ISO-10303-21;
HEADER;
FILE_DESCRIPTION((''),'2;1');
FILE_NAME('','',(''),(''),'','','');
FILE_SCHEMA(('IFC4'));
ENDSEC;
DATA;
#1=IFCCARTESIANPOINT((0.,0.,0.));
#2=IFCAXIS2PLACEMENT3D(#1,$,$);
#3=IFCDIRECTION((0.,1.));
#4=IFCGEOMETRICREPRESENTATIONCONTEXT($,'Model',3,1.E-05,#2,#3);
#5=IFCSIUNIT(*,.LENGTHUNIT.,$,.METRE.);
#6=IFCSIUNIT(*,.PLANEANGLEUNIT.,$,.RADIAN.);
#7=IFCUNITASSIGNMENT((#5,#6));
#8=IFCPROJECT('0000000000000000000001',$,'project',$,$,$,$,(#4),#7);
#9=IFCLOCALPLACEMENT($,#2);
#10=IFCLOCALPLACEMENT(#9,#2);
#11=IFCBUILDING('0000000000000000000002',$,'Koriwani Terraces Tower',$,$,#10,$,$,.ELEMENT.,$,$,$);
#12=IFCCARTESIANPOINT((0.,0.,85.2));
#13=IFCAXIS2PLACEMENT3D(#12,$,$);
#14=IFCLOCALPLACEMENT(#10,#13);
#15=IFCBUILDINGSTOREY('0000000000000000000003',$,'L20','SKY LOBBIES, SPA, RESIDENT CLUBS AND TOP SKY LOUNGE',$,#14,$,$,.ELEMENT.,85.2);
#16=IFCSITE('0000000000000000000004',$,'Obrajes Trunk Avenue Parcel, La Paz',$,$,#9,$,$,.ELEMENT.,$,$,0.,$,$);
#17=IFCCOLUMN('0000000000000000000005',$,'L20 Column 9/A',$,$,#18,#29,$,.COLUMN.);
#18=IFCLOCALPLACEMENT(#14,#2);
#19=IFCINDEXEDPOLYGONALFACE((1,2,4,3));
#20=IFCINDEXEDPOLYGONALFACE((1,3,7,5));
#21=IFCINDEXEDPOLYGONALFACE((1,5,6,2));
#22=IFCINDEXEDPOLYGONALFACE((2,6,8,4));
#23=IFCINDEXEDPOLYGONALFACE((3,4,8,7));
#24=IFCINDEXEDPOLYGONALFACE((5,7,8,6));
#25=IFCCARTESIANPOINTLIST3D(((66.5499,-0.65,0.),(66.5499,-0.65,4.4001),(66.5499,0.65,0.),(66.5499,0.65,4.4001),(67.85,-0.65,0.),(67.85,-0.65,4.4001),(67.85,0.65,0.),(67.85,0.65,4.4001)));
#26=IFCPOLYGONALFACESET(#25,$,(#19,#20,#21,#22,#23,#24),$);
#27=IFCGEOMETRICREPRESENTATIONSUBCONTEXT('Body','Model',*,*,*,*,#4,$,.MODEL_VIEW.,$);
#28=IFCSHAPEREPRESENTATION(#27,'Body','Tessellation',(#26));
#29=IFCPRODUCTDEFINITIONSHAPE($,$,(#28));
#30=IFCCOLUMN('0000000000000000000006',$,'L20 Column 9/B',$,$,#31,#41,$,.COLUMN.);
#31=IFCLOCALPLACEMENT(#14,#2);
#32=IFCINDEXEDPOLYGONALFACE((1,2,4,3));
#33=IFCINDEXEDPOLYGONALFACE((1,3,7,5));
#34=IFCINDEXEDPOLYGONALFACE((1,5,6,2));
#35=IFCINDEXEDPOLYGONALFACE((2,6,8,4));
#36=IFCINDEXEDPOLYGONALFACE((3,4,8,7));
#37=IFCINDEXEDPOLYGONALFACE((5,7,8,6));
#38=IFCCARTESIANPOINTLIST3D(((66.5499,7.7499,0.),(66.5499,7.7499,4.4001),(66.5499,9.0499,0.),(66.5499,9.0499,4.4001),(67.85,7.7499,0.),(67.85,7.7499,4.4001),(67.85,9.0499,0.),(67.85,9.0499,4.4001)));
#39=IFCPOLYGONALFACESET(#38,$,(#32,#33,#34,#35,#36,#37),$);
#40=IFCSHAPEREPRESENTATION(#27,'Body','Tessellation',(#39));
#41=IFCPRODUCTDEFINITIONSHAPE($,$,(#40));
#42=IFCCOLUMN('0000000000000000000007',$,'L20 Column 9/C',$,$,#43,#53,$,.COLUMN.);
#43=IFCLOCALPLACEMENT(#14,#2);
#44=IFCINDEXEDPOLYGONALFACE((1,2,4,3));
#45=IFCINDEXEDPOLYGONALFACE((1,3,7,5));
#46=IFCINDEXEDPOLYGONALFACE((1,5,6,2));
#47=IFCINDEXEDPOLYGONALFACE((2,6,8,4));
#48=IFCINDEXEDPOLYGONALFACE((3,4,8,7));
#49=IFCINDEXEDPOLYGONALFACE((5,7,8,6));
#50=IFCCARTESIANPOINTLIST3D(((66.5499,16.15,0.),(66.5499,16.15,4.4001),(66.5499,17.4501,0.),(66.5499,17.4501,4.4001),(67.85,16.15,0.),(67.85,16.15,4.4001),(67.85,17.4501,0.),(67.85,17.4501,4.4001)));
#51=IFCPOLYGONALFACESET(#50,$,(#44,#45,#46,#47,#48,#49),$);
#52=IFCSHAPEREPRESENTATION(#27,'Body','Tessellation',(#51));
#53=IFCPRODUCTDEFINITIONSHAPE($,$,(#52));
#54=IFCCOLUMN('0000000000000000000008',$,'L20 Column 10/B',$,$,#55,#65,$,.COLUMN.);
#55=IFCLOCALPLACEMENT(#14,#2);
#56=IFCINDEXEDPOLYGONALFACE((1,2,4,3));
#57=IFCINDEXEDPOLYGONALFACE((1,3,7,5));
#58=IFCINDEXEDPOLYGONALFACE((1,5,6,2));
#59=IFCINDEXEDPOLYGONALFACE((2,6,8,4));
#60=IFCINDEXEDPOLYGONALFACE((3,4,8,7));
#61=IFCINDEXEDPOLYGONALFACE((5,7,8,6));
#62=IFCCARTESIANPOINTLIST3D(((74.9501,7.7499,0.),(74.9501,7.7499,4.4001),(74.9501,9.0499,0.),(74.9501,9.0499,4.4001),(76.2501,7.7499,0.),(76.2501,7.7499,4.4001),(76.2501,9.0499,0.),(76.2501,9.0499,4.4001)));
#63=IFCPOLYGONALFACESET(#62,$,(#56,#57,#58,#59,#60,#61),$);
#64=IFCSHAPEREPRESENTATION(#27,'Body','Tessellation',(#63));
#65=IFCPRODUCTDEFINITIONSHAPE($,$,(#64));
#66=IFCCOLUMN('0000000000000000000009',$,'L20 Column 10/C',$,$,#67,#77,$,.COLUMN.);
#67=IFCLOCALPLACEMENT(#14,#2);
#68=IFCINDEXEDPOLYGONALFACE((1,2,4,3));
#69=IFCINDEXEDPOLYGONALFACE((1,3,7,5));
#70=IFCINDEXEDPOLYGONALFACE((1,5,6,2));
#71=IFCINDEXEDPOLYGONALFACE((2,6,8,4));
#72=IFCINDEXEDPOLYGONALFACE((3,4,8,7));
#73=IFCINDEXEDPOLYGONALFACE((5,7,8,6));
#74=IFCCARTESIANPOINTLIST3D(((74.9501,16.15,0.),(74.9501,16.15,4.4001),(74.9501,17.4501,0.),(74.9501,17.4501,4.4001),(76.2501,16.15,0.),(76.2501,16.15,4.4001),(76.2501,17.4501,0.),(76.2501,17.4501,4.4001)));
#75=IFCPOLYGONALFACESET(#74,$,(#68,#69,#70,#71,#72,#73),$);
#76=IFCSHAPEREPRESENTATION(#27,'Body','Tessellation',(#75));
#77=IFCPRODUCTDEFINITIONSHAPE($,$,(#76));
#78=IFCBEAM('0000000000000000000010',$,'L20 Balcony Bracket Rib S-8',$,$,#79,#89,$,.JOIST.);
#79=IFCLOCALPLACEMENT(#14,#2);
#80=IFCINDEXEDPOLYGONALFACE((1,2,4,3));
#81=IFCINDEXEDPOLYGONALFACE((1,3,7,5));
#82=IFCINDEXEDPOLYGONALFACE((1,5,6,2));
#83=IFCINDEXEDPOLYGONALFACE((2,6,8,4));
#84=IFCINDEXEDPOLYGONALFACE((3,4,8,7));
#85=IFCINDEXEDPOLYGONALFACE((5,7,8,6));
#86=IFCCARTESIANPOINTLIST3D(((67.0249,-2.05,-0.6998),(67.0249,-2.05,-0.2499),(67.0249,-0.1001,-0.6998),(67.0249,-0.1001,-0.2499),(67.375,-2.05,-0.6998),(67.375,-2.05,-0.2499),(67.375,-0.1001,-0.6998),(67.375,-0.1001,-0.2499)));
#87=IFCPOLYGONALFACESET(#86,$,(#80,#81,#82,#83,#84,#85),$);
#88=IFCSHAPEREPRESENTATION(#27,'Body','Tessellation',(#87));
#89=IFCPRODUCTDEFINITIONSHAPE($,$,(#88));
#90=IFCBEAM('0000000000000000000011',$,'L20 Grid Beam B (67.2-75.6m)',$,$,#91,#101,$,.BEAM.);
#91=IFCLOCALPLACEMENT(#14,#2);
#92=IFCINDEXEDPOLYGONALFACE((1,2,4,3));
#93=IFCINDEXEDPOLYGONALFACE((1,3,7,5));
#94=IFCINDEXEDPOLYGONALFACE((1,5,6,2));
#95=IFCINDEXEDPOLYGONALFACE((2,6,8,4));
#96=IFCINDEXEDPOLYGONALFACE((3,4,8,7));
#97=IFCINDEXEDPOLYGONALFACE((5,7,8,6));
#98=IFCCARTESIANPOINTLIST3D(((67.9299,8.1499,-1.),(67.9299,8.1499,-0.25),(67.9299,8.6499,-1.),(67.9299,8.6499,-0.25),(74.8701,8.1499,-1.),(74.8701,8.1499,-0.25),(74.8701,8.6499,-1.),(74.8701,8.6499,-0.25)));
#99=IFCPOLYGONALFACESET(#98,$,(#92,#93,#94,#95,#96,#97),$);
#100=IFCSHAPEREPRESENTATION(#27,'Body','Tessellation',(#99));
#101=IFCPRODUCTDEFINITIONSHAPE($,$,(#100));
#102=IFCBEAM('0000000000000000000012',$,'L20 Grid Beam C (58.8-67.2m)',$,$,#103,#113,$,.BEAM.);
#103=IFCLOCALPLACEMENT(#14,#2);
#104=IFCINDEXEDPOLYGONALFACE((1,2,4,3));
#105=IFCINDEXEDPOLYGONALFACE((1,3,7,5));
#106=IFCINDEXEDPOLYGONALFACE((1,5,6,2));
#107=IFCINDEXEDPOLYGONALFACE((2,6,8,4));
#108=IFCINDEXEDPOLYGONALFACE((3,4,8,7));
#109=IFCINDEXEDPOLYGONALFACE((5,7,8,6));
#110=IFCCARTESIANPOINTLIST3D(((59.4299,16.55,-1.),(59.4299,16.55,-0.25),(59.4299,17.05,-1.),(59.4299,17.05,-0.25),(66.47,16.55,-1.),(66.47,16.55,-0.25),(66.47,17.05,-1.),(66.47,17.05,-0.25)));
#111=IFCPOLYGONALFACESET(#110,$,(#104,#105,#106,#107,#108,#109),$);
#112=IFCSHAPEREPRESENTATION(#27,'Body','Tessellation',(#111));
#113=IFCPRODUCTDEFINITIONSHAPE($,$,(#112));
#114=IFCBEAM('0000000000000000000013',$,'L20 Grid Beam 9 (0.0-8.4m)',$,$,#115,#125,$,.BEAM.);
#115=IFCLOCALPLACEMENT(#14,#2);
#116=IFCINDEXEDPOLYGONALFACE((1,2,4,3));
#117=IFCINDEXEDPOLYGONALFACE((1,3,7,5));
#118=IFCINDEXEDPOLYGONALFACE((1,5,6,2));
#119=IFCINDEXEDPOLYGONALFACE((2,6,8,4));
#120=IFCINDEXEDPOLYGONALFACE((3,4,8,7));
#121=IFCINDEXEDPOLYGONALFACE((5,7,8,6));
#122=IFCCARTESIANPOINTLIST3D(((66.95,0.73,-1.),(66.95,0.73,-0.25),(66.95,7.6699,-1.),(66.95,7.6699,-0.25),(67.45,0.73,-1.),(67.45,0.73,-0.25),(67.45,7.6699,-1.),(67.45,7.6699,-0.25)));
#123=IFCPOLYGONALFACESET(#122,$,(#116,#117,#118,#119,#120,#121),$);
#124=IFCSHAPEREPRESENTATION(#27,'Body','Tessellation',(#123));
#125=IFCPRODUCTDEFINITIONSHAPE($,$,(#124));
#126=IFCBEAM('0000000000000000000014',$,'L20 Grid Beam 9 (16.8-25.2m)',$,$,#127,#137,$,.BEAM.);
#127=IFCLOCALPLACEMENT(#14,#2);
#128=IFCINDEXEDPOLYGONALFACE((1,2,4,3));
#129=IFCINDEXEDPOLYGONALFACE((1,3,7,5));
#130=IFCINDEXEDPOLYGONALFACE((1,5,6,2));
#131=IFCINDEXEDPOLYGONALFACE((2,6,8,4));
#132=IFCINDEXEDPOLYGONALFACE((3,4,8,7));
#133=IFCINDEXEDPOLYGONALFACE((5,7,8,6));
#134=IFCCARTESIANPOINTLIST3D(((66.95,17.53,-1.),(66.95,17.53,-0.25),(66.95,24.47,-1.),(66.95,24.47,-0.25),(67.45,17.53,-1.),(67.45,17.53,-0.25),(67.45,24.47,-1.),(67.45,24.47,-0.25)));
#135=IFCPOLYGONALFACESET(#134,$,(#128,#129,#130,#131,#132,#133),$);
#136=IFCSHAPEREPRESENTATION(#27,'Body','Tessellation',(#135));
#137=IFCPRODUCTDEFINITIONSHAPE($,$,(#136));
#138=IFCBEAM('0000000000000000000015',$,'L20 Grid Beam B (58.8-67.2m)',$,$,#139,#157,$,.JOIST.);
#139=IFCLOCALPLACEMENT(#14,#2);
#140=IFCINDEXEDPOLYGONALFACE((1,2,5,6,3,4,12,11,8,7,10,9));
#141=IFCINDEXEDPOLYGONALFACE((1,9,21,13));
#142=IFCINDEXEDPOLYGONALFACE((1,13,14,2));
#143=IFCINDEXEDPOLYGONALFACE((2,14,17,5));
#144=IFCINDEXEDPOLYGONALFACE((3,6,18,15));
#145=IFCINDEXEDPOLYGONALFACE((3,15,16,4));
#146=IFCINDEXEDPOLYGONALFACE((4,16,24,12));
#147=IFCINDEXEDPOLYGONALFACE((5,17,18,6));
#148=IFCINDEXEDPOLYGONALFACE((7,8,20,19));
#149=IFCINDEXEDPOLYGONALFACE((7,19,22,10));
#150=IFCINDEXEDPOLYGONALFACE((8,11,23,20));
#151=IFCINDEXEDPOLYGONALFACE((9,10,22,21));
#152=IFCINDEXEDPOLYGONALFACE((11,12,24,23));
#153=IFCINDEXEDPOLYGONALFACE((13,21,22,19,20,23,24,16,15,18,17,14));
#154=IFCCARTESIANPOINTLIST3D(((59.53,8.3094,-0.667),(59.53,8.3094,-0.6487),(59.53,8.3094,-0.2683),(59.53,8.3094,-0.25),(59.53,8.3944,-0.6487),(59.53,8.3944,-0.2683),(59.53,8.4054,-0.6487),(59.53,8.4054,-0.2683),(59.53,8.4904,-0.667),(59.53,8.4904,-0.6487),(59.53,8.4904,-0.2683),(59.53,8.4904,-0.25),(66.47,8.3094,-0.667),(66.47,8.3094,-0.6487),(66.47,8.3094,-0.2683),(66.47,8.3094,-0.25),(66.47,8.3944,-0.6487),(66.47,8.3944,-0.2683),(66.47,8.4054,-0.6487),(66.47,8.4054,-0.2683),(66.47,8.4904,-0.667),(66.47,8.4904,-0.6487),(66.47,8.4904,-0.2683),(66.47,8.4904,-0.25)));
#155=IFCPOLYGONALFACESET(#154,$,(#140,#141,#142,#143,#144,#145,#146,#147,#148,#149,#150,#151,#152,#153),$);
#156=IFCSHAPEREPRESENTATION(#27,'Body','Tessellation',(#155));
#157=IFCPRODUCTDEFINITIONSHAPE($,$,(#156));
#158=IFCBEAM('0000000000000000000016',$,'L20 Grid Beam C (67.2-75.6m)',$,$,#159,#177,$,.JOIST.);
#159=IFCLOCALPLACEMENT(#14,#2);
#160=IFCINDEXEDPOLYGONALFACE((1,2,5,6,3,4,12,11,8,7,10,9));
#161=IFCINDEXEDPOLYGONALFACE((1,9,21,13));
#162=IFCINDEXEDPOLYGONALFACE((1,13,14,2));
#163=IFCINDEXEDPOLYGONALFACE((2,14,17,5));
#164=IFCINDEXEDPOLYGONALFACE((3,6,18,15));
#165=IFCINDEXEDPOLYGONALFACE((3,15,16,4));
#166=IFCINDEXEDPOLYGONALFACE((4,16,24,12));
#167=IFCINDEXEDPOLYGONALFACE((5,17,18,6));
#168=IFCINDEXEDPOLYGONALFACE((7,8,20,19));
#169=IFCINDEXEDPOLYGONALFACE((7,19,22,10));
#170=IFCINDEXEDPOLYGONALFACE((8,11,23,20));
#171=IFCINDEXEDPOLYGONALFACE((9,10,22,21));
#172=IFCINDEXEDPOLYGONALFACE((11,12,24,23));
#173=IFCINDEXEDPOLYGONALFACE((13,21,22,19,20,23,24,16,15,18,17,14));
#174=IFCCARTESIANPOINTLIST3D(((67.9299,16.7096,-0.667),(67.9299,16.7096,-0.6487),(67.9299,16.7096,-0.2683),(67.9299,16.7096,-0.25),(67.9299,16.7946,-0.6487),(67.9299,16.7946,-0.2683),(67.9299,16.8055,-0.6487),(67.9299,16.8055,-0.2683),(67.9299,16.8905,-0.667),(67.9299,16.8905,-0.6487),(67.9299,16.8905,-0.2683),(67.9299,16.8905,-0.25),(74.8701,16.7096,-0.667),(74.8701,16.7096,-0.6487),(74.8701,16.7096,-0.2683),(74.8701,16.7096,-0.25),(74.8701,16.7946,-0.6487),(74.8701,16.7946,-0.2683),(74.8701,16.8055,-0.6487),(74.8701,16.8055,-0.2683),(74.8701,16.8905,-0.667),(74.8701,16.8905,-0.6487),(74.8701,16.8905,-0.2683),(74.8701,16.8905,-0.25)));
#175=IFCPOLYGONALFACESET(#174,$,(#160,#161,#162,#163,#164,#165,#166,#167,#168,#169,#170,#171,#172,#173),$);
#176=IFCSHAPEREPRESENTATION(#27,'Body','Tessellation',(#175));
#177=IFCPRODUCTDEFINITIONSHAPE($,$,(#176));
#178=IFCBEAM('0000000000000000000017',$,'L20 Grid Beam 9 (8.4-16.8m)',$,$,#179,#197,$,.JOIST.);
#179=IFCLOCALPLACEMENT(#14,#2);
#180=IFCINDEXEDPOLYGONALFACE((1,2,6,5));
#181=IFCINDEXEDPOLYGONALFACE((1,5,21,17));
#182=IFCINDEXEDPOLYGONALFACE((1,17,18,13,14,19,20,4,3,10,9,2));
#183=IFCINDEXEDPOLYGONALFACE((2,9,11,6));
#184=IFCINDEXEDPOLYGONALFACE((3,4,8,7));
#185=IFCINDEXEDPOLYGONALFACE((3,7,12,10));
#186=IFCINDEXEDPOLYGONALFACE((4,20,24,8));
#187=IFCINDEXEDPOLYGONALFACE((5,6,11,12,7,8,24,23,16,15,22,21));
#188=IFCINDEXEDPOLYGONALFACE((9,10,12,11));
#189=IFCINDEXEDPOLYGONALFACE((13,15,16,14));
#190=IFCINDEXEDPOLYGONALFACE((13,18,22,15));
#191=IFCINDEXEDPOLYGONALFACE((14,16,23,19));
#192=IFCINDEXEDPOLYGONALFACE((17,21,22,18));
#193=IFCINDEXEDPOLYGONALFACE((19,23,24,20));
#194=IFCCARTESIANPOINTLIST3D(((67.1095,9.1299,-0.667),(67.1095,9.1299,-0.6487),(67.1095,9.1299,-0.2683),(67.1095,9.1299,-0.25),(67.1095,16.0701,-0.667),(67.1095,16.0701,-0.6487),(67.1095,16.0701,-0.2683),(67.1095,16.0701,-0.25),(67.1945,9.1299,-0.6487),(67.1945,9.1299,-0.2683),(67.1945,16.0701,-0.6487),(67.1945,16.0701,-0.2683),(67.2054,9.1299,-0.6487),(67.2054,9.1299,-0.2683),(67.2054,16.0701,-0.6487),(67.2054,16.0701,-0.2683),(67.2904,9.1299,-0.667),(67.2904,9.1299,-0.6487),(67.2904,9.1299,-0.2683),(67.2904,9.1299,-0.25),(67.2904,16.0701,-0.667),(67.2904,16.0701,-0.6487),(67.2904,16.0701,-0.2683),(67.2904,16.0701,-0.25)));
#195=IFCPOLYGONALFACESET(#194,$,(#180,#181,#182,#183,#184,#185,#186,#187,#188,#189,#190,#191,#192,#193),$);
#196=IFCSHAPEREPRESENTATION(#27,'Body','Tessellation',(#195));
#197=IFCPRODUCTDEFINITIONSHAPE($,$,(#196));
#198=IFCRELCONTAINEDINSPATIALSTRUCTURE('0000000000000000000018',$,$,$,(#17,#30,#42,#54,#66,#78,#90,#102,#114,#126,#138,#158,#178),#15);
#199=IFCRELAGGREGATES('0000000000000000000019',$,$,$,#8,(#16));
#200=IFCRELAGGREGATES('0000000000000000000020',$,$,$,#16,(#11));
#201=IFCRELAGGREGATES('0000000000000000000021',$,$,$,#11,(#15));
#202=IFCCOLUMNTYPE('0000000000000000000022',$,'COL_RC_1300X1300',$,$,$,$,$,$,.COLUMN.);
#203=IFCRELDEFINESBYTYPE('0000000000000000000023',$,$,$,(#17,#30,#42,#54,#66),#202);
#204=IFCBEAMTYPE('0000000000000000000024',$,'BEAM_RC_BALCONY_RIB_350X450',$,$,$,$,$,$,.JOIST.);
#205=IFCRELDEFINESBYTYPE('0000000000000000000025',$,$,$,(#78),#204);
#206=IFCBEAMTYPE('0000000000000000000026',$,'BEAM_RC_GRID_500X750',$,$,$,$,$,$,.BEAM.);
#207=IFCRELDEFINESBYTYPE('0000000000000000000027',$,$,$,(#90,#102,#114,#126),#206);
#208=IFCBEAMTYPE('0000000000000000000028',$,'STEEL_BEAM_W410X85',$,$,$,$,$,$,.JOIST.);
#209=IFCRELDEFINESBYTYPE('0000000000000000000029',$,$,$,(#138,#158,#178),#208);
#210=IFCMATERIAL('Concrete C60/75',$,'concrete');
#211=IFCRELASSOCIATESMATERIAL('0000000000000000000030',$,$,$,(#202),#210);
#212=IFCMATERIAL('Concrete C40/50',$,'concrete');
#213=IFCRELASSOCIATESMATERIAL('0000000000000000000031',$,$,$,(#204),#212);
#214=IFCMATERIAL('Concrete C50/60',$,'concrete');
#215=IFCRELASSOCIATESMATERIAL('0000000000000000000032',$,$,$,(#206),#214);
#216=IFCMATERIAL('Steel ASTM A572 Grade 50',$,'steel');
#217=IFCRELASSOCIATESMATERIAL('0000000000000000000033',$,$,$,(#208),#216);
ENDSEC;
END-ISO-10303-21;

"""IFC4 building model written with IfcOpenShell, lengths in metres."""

from ifc_helpers import new_model, si_unit, direction, frame, origin, origin_2d, place, context, subcontext, project, spatial, rectangle, i_section, extrude, material, material_profile, profile_set, type_object, element, save


model = new_model("IFC4")

# Units and contexts
model_context = context("Model", 3, precision=1e-05, world=origin(), true_north=direction((0.0, 1.0)))
body_context = subcontext(model_context, "Body", "Model", "MODEL_VIEW")
ifc_project = project(units=[si_unit("LENGTHUNIT", "METRE"), si_unit("PLANEANGLEUNIT", "RADIAN")], contexts=[model_context])

# Site, building, storey
site_placement = place(None, origin())
site = spatial("IfcSite", under=ifc_project, at=site_placement, Name="Obrajes Trunk Avenue Parcel, La Paz", CompositionType="ELEMENT", RefElevation=0.0)
building_placement = place(site_placement, origin())
building = spatial("IfcBuilding", under=site, at=building_placement, Name="Koriwani Terraces Tower", CompositionType="ELEMENT")
storey_placement = place(building_placement, frame((0.0, 0.0, 85.2)))
storey = spatial("IfcBuildingStorey", under=building, at=storey_placement, Name="L20", Description="SKY LOBBIES, SPA, RESIDENT CLUBS AND TOP SKY LOUNGE", CompositionType="ELEMENT", Elevation=85.2)

# Columns
ifc_material_1 = material(Name="Concrete C60/75", Category="concrete")
ifc_material_profile_1 = material_profile(ifc_material_1, rectangle(XDim=1.3, YDim=1.3, at=origin_2d()), Name="Concrete C60/75", Category="LoadBearing")
ifc_profile_set_1 = profile_set([ifc_material_profile_1], Name="Concrete C60/75")
column_type = type_object("IfcColumnType", Name="COL_RC_1300X1300", PredefinedType="COLUMN", material=ifc_profile_set_1)
for number, where, z_axis, x_axis, name in (
    (1, (67.2, 0.0, 0.0), (0.0, 0.0, 1.0), (1.0, 0.0, 0.0), "L20 Column 9/A"),
    (2, (67.2, 8.3999, 0.0), (0.0, 0.0, 1.0), (1.0, 0.0, 0.0), "L20 Column 9/B"),
    (3, (67.2, 16.8, 0.0), (0.0, 0.0, 1.0), (1.0, 0.0, 0.0), "L20 Column 9/C"),
    (4, (75.6001, 8.3999, 0.0), (0.0, 0.0, 1.0), (1.0, 0.0, 0.0), "L20 Column 10/B"),
    (5, (75.6001, 16.8, 0.0), (0.0, 0.0, 1.0), (1.0, 0.0, 0.0), "L20 Column 10/C"),
):
    element("IfcColumn", number, at=place(storey_placement, frame(where, z_axis=z_axis, x_axis=x_axis)), inside=storey, type_object=column_type, Name=name, PredefinedType="COLUMN", context=body_context, shape_type="SweptSolid", body=[
        extrude(rectangle(XDim=1.3, YDim=1.3, at=origin_2d()), origin(), (0.0, 0.0, 1.0), 4.4001),
    ])

# Beams
ifc_material_2 = material(Name="Concrete C40/50", Category="concrete")
ifc_material_profile_2 = material_profile(ifc_material_2, rectangle(XDim=0.3501, YDim=0.45, at=origin_2d()), Name="Concrete C40/50", Category="LoadBearing")
ifc_profile_set_2 = profile_set([ifc_material_profile_2], Name="Concrete C40/50")
beam_type_1 = type_object("IfcBeamType", Name="BEAM_RC_BALCONY_RIB_350X450", PredefinedType="JOIST", material=ifc_profile_set_2)
beam_1_placement = place(storey_placement, frame((67.2, -2.05, -0.4749), z_axis=(0.0, 1.0, 0.0), x_axis=(-1.0, 0.0, 0.0)))
element("IfcBeam", 6, at=beam_1_placement, inside=storey, type_object=beam_type_1, Name="L20 Balcony Bracket Rib S-8", PredefinedType="JOIST", context=body_context, shape_type="SweptSolid", body=[
    extrude(rectangle(XDim=0.3501, YDim=0.45, at=origin_2d()), origin(), (0.0, 0.0, 1.0), 1.95),
])
ifc_material_3 = material(Name="Concrete C50/60", Category="concrete")
ifc_material_profile_3 = material_profile(ifc_material_3, rectangle(XDim=0.5, YDim=0.75, at=origin_2d()), Name="Concrete C50/60", Category="LoadBearing")
ifc_profile_set_3 = profile_set([ifc_material_profile_3], Name="Concrete C50/60")
beam_type_2 = type_object("IfcBeamType", Name="BEAM_RC_GRID_500X750", PredefinedType="BEAM", material=ifc_profile_set_3)
beam_2_placement = place(storey_placement, frame((67.9299, 8.3999, -0.625), z_axis=(1.0, 0.0, 0.0), x_axis=(0.0, 1.0, 0.0)))
element("IfcBeam", 7, at=beam_2_placement, inside=storey, type_object=beam_type_2, Name="L20 Grid Beam B (67.2-75.6m)", PredefinedType="BEAM", context=body_context, shape_type="SweptSolid", body=[
    extrude(rectangle(XDim=0.5, YDim=0.75, at=origin_2d()), origin(), (0.0, 0.0, 1.0), 6.9402),
])
beam_3_placement = place(storey_placement, frame((59.4299, 16.8, -0.625), z_axis=(1.0, 0.0, 0.0), x_axis=(0.0, 1.0, 0.0)))
element("IfcBeam", 8, at=beam_3_placement, inside=storey, type_object=beam_type_2, Name="L20 Grid Beam C (58.8-67.2m)", PredefinedType="BEAM", context=body_context, shape_type="SweptSolid", body=[
    extrude(rectangle(XDim=0.5, YDim=0.75, at=origin_2d()), origin(), (0.0, 0.0, 1.0), 7.04),
])
for number, where, z_axis, x_axis, name in (
    (9, (67.2, 0.73, -0.625), (0.0, 1.0, 0.0), (-1.0, 0.0, 0.0), "L20 Grid Beam 9 (0.0-8.4m)"),
    (10, (67.2, 17.53, -0.625), (0.0, 1.0, 0.0), (-1.0, 0.0, 0.0), "L20 Grid Beam 9 (16.8-25.2m)"),
):
    element("IfcBeam", number, at=place(storey_placement, frame(where, z_axis=z_axis, x_axis=x_axis)), inside=storey, type_object=beam_type_2, Name=name, PredefinedType="BEAM", context=body_context, shape_type="SweptSolid", body=[
        extrude(rectangle(XDim=0.5, YDim=0.75, at=origin_2d()), origin(), (0.0, 0.0, 1.0), 6.9399),
    ])
ifc_material_4 = material(Name="Steel ASTM A572 Grade 50", Category="steel")
ifc_material_profile_4 = material_profile(ifc_material_4, i_section(OverallWidth=0.1809, OverallDepth=0.417, WebThickness=0.011, FlangeThickness=0.0183, at=origin_2d()), Name="Steel ASTM A572 Grade 50", Category="LoadBearing")
ifc_profile_set_4 = profile_set([ifc_material_profile_4], Name="Steel ASTM A572 Grade 50")
beam_type_3 = type_object("IfcBeamType", Name="STEEL_BEAM_W410X85", PredefinedType="JOIST", material=ifc_profile_set_4)
beam_4_placement = place(storey_placement, frame((59.53, 8.3999, -0.4585), z_axis=(1.0, 0.0, 0.0), x_axis=(0.0, 1.0, 0.0)))
element("IfcBeam", 11, at=beam_4_placement, inside=storey, type_object=beam_type_3, Name="L20 Grid Beam B (58.8-67.2m)", PredefinedType="JOIST", context=body_context, shape_type="SweptSolid", body=[
    extrude(i_section(OverallWidth=0.1809, OverallDepth=0.417, WebThickness=0.011, FlangeThickness=0.0183, at=origin_2d()), origin(), (0.0, 0.0, 1.0), 6.9399),
])
for number, where, z_axis, x_axis, name in (
    (12, (67.9299, 16.8, -0.4585), (1.0, 0.0, 0.0), (0.0, 1.0, 0.0), "L20 Grid Beam C (67.2-75.6m)"),
    (13, (67.2, 9.1299, -0.4585), (0.0, 1.0, 0.0), (-1.0, 0.0, 0.0), "L20 Grid Beam 9 (8.4-16.8m)"),
):
    element("IfcBeam", number, at=place(storey_placement, frame(where, z_axis=z_axis, x_axis=x_axis)), inside=storey, type_object=beam_type_3, Name=name, PredefinedType="JOIST", context=body_context, shape_type="SweptSolid", body=[
        extrude(i_section(OverallWidth=0.1809, OverallDepth=0.417, WebThickness=0.011, FlangeThickness=0.0183, at=origin_2d()), origin(), (0.0, 0.0, 1.0), 6.9402),
    ])

save(model, "model.ifc")
